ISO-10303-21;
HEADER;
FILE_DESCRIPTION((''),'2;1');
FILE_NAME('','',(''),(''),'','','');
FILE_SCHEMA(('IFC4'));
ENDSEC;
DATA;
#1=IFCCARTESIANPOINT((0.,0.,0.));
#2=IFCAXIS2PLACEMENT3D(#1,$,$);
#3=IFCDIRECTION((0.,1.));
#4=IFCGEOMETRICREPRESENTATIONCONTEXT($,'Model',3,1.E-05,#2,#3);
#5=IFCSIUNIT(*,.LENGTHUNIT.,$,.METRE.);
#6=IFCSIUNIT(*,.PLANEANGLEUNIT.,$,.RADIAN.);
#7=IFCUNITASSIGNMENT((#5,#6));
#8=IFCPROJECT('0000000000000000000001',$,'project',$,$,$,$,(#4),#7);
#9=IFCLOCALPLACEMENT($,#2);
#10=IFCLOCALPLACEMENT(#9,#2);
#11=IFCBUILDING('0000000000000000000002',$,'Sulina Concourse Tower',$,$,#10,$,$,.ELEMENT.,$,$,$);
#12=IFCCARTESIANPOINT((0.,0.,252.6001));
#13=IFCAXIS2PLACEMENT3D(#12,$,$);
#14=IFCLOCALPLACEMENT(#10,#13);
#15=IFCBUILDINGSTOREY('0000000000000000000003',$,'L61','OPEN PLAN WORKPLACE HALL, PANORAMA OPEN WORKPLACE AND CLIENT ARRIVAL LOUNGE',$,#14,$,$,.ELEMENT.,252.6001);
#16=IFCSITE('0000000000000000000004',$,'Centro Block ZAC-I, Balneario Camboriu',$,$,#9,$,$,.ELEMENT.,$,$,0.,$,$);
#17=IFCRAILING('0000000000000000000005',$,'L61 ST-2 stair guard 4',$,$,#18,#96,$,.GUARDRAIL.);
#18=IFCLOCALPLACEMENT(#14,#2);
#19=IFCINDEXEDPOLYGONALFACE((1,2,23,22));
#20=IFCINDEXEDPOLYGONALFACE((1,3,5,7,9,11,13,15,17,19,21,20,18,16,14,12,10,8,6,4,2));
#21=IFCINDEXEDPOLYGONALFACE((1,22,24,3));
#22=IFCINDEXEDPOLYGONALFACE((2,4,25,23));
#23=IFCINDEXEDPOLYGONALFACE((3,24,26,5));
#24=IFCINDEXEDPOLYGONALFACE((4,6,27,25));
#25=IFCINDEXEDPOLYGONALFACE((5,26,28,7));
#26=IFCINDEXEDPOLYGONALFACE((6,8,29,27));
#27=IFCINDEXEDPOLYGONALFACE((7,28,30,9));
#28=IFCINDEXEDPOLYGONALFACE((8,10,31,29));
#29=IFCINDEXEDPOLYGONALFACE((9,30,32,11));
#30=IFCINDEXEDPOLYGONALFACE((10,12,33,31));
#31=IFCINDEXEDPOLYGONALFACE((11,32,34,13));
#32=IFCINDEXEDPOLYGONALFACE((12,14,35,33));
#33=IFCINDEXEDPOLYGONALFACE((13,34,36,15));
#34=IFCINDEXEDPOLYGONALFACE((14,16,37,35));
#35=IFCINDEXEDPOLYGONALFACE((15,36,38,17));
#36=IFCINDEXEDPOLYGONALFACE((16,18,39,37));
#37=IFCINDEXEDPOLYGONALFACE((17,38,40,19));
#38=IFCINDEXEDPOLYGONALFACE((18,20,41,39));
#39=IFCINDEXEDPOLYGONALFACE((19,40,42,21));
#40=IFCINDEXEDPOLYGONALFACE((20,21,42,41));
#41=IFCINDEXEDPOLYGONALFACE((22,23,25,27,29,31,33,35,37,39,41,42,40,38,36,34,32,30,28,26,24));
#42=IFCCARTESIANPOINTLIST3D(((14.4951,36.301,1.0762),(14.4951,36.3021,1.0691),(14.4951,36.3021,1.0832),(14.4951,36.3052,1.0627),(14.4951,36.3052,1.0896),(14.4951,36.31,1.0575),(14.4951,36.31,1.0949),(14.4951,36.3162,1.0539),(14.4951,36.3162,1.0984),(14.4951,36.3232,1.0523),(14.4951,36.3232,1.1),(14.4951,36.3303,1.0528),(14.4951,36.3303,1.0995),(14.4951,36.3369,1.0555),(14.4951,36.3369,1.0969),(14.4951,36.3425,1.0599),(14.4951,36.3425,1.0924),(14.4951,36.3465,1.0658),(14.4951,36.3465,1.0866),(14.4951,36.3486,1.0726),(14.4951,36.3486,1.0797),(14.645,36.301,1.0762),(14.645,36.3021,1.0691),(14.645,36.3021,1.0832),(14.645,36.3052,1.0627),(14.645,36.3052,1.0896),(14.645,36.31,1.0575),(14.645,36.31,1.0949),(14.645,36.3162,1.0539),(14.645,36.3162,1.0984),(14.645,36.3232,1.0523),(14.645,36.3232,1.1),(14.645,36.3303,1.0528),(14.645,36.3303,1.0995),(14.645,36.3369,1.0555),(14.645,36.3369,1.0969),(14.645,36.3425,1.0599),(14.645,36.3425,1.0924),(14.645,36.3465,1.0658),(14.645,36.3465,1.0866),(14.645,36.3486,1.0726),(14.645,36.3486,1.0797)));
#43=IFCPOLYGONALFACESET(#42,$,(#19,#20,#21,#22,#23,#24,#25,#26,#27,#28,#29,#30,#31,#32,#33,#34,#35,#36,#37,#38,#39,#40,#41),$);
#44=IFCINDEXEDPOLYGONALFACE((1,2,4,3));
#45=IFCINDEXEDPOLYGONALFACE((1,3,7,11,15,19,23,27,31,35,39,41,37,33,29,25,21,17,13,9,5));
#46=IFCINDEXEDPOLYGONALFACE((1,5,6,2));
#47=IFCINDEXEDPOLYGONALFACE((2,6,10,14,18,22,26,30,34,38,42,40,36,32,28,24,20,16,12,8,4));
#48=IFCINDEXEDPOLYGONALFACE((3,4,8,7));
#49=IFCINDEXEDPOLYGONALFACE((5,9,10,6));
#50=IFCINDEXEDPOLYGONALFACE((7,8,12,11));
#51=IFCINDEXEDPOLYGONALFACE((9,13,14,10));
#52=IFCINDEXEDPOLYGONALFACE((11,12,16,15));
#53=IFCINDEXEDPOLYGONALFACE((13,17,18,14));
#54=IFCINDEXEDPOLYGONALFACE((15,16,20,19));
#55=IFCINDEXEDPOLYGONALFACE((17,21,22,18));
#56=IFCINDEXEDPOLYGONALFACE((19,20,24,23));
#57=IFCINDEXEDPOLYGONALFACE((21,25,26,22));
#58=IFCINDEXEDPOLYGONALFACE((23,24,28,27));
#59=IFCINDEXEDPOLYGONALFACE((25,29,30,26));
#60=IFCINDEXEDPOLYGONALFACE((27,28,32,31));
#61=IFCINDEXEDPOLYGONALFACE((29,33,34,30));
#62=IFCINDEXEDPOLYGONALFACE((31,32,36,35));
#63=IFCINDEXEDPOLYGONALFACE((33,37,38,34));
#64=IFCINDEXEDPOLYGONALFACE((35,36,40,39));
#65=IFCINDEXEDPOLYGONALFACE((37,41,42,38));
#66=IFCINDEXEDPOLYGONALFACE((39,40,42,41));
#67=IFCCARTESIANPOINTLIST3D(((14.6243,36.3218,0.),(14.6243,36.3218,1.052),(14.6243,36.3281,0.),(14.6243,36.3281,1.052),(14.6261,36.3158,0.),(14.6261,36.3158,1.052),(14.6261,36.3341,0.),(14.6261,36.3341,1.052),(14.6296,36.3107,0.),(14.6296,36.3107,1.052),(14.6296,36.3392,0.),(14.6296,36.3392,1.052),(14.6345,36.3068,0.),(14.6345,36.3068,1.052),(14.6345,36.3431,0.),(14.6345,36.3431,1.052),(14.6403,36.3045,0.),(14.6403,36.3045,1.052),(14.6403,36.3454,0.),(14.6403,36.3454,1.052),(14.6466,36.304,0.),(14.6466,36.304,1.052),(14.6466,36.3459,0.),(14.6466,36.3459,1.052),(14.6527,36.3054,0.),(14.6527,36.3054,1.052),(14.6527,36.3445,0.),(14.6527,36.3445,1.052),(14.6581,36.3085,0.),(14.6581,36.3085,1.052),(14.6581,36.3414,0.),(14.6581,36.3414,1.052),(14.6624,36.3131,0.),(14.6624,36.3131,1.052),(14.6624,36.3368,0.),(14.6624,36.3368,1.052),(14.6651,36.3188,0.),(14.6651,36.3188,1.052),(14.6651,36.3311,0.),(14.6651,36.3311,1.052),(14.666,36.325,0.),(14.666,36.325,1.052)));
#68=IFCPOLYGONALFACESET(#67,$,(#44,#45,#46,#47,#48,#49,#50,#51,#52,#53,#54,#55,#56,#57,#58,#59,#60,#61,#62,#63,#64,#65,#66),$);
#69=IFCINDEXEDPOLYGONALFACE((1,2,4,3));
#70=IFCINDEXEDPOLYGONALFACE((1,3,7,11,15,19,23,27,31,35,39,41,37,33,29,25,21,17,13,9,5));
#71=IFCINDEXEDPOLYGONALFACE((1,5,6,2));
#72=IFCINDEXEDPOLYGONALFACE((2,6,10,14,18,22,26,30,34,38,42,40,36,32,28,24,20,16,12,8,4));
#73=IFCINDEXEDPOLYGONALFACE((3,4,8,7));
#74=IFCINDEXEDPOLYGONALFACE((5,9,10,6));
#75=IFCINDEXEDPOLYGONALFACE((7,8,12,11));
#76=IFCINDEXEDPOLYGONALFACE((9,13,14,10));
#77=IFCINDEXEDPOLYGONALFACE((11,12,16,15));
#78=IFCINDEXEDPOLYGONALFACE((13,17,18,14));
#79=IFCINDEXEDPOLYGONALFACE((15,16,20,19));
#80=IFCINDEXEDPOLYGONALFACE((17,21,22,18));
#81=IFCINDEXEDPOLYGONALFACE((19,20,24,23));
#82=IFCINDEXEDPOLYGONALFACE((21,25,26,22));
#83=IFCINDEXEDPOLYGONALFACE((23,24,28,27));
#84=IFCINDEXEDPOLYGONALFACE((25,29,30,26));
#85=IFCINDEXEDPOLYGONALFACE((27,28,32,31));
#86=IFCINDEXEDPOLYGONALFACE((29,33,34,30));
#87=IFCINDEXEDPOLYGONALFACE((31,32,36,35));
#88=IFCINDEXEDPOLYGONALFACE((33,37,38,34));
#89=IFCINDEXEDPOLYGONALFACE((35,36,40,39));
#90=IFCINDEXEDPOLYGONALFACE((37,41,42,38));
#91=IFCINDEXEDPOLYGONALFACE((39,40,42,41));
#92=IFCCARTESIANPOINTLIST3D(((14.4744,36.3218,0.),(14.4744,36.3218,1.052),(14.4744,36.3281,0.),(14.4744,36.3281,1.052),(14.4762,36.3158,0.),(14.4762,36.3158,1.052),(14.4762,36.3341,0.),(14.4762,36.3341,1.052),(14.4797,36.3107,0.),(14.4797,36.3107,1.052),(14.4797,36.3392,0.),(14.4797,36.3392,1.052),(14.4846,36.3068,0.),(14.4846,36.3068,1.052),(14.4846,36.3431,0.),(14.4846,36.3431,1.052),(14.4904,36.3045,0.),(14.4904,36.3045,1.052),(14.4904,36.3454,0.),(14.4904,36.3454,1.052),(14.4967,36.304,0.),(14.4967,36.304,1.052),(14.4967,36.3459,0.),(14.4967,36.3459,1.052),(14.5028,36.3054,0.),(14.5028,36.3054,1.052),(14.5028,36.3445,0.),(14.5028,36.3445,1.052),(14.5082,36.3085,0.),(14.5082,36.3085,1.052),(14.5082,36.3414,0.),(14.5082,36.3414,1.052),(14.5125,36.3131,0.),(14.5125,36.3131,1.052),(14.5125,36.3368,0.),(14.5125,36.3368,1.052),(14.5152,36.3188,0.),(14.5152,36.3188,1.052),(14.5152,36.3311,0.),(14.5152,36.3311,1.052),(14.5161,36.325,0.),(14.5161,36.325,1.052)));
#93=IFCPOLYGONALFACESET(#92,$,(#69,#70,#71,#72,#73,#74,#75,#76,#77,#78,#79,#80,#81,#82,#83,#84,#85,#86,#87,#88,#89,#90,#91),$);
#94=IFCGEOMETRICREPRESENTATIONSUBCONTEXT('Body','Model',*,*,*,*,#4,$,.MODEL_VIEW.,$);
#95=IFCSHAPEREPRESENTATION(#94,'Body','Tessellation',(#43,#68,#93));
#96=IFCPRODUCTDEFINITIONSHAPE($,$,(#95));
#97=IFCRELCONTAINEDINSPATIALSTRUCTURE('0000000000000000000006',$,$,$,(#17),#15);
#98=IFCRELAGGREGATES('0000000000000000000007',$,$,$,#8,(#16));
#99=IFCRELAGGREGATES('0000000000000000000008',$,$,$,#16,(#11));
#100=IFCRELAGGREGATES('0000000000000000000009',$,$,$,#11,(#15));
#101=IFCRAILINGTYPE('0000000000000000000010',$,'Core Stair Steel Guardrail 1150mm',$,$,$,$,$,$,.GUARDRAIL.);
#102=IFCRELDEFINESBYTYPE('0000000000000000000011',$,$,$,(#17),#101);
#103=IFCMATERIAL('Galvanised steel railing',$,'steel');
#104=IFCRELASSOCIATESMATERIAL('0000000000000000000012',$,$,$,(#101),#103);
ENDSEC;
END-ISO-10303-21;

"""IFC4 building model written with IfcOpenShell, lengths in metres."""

from ifc_helpers import new_model, si_unit, direction, frame, origin, origin_2d, place, context, subcontext, project, spatial, circle, extrude, material, type_object, element, save


model = new_model("IFC4")

# Units and contexts
model_context = context("Model", 3, precision=1e-05, world=origin(), true_north=direction((0.0, 1.0)))
body_context = subcontext(model_context, "Body", "Model", "MODEL_VIEW")
ifc_project = project(units=[si_unit("LENGTHUNIT", "METRE"), si_unit("PLANEANGLEUNIT", "RADIAN")], contexts=[model_context])

# Site, building, storey
site_placement = place(None, origin())
site = spatial("IfcSite", under=ifc_project, at=site_placement, Name="Centro Block ZAC-I, Balneario Camboriu", CompositionType="ELEMENT", RefElevation=0.0)
building_placement = place(site_placement, origin())
building = spatial("IfcBuilding", under=site, at=building_placement, Name="Sulina Concourse Tower", CompositionType="ELEMENT")
storey_placement = place(building_placement, frame((0.0, 0.0, 252.6001)))
storey = spatial("IfcBuildingStorey", under=building, at=storey_placement, Name="L61", Description="OPEN PLAN WORKPLACE HALL, PANORAMA OPEN WORKPLACE AND CLIENT ARRIVAL LOUNGE", CompositionType="ELEMENT", Elevation=252.6001)

# Railing
ifc_material_1 = material(Name="Galvanised steel railing", Category="steel")
railing_type_1 = type_object("IfcRailingType", Name="Core Stair Steel Guardrail 1150mm", PredefinedType="GUARDRAIL", material=ifc_material_1)
railing_1_placement = place(storey_placement, frame((14.645, 36.325, 0.0)))
element("IfcRailing", 1, at=railing_1_placement, inside=storey, type_object=railing_type_1, Name="L61 ST-2 stair guard 4", PredefinedType="GUARDRAIL", context=body_context, shape_type="SweptSolid", body=[
    extrude(circle(Radius=0.0239, at=origin_2d()), frame((0.0, 0.0, 1.0762), z_axis=(-1.0, 0.0, 0.0), x_axis=(0.0, -1.0, 0.0)), (0.0, 0.0, 1.0), 0.1499),
    extrude(circle(Radius=0.021, at=origin_2d()), origin(), (0.0, 0.0, 1.0), 1.052),
    extrude(circle(Radius=0.021, at=origin_2d()), frame((-0.1499, 0.0, 0.0)), (0.0, 0.0, 1.0), 1.052),
])

save(model, "model.ifc")
